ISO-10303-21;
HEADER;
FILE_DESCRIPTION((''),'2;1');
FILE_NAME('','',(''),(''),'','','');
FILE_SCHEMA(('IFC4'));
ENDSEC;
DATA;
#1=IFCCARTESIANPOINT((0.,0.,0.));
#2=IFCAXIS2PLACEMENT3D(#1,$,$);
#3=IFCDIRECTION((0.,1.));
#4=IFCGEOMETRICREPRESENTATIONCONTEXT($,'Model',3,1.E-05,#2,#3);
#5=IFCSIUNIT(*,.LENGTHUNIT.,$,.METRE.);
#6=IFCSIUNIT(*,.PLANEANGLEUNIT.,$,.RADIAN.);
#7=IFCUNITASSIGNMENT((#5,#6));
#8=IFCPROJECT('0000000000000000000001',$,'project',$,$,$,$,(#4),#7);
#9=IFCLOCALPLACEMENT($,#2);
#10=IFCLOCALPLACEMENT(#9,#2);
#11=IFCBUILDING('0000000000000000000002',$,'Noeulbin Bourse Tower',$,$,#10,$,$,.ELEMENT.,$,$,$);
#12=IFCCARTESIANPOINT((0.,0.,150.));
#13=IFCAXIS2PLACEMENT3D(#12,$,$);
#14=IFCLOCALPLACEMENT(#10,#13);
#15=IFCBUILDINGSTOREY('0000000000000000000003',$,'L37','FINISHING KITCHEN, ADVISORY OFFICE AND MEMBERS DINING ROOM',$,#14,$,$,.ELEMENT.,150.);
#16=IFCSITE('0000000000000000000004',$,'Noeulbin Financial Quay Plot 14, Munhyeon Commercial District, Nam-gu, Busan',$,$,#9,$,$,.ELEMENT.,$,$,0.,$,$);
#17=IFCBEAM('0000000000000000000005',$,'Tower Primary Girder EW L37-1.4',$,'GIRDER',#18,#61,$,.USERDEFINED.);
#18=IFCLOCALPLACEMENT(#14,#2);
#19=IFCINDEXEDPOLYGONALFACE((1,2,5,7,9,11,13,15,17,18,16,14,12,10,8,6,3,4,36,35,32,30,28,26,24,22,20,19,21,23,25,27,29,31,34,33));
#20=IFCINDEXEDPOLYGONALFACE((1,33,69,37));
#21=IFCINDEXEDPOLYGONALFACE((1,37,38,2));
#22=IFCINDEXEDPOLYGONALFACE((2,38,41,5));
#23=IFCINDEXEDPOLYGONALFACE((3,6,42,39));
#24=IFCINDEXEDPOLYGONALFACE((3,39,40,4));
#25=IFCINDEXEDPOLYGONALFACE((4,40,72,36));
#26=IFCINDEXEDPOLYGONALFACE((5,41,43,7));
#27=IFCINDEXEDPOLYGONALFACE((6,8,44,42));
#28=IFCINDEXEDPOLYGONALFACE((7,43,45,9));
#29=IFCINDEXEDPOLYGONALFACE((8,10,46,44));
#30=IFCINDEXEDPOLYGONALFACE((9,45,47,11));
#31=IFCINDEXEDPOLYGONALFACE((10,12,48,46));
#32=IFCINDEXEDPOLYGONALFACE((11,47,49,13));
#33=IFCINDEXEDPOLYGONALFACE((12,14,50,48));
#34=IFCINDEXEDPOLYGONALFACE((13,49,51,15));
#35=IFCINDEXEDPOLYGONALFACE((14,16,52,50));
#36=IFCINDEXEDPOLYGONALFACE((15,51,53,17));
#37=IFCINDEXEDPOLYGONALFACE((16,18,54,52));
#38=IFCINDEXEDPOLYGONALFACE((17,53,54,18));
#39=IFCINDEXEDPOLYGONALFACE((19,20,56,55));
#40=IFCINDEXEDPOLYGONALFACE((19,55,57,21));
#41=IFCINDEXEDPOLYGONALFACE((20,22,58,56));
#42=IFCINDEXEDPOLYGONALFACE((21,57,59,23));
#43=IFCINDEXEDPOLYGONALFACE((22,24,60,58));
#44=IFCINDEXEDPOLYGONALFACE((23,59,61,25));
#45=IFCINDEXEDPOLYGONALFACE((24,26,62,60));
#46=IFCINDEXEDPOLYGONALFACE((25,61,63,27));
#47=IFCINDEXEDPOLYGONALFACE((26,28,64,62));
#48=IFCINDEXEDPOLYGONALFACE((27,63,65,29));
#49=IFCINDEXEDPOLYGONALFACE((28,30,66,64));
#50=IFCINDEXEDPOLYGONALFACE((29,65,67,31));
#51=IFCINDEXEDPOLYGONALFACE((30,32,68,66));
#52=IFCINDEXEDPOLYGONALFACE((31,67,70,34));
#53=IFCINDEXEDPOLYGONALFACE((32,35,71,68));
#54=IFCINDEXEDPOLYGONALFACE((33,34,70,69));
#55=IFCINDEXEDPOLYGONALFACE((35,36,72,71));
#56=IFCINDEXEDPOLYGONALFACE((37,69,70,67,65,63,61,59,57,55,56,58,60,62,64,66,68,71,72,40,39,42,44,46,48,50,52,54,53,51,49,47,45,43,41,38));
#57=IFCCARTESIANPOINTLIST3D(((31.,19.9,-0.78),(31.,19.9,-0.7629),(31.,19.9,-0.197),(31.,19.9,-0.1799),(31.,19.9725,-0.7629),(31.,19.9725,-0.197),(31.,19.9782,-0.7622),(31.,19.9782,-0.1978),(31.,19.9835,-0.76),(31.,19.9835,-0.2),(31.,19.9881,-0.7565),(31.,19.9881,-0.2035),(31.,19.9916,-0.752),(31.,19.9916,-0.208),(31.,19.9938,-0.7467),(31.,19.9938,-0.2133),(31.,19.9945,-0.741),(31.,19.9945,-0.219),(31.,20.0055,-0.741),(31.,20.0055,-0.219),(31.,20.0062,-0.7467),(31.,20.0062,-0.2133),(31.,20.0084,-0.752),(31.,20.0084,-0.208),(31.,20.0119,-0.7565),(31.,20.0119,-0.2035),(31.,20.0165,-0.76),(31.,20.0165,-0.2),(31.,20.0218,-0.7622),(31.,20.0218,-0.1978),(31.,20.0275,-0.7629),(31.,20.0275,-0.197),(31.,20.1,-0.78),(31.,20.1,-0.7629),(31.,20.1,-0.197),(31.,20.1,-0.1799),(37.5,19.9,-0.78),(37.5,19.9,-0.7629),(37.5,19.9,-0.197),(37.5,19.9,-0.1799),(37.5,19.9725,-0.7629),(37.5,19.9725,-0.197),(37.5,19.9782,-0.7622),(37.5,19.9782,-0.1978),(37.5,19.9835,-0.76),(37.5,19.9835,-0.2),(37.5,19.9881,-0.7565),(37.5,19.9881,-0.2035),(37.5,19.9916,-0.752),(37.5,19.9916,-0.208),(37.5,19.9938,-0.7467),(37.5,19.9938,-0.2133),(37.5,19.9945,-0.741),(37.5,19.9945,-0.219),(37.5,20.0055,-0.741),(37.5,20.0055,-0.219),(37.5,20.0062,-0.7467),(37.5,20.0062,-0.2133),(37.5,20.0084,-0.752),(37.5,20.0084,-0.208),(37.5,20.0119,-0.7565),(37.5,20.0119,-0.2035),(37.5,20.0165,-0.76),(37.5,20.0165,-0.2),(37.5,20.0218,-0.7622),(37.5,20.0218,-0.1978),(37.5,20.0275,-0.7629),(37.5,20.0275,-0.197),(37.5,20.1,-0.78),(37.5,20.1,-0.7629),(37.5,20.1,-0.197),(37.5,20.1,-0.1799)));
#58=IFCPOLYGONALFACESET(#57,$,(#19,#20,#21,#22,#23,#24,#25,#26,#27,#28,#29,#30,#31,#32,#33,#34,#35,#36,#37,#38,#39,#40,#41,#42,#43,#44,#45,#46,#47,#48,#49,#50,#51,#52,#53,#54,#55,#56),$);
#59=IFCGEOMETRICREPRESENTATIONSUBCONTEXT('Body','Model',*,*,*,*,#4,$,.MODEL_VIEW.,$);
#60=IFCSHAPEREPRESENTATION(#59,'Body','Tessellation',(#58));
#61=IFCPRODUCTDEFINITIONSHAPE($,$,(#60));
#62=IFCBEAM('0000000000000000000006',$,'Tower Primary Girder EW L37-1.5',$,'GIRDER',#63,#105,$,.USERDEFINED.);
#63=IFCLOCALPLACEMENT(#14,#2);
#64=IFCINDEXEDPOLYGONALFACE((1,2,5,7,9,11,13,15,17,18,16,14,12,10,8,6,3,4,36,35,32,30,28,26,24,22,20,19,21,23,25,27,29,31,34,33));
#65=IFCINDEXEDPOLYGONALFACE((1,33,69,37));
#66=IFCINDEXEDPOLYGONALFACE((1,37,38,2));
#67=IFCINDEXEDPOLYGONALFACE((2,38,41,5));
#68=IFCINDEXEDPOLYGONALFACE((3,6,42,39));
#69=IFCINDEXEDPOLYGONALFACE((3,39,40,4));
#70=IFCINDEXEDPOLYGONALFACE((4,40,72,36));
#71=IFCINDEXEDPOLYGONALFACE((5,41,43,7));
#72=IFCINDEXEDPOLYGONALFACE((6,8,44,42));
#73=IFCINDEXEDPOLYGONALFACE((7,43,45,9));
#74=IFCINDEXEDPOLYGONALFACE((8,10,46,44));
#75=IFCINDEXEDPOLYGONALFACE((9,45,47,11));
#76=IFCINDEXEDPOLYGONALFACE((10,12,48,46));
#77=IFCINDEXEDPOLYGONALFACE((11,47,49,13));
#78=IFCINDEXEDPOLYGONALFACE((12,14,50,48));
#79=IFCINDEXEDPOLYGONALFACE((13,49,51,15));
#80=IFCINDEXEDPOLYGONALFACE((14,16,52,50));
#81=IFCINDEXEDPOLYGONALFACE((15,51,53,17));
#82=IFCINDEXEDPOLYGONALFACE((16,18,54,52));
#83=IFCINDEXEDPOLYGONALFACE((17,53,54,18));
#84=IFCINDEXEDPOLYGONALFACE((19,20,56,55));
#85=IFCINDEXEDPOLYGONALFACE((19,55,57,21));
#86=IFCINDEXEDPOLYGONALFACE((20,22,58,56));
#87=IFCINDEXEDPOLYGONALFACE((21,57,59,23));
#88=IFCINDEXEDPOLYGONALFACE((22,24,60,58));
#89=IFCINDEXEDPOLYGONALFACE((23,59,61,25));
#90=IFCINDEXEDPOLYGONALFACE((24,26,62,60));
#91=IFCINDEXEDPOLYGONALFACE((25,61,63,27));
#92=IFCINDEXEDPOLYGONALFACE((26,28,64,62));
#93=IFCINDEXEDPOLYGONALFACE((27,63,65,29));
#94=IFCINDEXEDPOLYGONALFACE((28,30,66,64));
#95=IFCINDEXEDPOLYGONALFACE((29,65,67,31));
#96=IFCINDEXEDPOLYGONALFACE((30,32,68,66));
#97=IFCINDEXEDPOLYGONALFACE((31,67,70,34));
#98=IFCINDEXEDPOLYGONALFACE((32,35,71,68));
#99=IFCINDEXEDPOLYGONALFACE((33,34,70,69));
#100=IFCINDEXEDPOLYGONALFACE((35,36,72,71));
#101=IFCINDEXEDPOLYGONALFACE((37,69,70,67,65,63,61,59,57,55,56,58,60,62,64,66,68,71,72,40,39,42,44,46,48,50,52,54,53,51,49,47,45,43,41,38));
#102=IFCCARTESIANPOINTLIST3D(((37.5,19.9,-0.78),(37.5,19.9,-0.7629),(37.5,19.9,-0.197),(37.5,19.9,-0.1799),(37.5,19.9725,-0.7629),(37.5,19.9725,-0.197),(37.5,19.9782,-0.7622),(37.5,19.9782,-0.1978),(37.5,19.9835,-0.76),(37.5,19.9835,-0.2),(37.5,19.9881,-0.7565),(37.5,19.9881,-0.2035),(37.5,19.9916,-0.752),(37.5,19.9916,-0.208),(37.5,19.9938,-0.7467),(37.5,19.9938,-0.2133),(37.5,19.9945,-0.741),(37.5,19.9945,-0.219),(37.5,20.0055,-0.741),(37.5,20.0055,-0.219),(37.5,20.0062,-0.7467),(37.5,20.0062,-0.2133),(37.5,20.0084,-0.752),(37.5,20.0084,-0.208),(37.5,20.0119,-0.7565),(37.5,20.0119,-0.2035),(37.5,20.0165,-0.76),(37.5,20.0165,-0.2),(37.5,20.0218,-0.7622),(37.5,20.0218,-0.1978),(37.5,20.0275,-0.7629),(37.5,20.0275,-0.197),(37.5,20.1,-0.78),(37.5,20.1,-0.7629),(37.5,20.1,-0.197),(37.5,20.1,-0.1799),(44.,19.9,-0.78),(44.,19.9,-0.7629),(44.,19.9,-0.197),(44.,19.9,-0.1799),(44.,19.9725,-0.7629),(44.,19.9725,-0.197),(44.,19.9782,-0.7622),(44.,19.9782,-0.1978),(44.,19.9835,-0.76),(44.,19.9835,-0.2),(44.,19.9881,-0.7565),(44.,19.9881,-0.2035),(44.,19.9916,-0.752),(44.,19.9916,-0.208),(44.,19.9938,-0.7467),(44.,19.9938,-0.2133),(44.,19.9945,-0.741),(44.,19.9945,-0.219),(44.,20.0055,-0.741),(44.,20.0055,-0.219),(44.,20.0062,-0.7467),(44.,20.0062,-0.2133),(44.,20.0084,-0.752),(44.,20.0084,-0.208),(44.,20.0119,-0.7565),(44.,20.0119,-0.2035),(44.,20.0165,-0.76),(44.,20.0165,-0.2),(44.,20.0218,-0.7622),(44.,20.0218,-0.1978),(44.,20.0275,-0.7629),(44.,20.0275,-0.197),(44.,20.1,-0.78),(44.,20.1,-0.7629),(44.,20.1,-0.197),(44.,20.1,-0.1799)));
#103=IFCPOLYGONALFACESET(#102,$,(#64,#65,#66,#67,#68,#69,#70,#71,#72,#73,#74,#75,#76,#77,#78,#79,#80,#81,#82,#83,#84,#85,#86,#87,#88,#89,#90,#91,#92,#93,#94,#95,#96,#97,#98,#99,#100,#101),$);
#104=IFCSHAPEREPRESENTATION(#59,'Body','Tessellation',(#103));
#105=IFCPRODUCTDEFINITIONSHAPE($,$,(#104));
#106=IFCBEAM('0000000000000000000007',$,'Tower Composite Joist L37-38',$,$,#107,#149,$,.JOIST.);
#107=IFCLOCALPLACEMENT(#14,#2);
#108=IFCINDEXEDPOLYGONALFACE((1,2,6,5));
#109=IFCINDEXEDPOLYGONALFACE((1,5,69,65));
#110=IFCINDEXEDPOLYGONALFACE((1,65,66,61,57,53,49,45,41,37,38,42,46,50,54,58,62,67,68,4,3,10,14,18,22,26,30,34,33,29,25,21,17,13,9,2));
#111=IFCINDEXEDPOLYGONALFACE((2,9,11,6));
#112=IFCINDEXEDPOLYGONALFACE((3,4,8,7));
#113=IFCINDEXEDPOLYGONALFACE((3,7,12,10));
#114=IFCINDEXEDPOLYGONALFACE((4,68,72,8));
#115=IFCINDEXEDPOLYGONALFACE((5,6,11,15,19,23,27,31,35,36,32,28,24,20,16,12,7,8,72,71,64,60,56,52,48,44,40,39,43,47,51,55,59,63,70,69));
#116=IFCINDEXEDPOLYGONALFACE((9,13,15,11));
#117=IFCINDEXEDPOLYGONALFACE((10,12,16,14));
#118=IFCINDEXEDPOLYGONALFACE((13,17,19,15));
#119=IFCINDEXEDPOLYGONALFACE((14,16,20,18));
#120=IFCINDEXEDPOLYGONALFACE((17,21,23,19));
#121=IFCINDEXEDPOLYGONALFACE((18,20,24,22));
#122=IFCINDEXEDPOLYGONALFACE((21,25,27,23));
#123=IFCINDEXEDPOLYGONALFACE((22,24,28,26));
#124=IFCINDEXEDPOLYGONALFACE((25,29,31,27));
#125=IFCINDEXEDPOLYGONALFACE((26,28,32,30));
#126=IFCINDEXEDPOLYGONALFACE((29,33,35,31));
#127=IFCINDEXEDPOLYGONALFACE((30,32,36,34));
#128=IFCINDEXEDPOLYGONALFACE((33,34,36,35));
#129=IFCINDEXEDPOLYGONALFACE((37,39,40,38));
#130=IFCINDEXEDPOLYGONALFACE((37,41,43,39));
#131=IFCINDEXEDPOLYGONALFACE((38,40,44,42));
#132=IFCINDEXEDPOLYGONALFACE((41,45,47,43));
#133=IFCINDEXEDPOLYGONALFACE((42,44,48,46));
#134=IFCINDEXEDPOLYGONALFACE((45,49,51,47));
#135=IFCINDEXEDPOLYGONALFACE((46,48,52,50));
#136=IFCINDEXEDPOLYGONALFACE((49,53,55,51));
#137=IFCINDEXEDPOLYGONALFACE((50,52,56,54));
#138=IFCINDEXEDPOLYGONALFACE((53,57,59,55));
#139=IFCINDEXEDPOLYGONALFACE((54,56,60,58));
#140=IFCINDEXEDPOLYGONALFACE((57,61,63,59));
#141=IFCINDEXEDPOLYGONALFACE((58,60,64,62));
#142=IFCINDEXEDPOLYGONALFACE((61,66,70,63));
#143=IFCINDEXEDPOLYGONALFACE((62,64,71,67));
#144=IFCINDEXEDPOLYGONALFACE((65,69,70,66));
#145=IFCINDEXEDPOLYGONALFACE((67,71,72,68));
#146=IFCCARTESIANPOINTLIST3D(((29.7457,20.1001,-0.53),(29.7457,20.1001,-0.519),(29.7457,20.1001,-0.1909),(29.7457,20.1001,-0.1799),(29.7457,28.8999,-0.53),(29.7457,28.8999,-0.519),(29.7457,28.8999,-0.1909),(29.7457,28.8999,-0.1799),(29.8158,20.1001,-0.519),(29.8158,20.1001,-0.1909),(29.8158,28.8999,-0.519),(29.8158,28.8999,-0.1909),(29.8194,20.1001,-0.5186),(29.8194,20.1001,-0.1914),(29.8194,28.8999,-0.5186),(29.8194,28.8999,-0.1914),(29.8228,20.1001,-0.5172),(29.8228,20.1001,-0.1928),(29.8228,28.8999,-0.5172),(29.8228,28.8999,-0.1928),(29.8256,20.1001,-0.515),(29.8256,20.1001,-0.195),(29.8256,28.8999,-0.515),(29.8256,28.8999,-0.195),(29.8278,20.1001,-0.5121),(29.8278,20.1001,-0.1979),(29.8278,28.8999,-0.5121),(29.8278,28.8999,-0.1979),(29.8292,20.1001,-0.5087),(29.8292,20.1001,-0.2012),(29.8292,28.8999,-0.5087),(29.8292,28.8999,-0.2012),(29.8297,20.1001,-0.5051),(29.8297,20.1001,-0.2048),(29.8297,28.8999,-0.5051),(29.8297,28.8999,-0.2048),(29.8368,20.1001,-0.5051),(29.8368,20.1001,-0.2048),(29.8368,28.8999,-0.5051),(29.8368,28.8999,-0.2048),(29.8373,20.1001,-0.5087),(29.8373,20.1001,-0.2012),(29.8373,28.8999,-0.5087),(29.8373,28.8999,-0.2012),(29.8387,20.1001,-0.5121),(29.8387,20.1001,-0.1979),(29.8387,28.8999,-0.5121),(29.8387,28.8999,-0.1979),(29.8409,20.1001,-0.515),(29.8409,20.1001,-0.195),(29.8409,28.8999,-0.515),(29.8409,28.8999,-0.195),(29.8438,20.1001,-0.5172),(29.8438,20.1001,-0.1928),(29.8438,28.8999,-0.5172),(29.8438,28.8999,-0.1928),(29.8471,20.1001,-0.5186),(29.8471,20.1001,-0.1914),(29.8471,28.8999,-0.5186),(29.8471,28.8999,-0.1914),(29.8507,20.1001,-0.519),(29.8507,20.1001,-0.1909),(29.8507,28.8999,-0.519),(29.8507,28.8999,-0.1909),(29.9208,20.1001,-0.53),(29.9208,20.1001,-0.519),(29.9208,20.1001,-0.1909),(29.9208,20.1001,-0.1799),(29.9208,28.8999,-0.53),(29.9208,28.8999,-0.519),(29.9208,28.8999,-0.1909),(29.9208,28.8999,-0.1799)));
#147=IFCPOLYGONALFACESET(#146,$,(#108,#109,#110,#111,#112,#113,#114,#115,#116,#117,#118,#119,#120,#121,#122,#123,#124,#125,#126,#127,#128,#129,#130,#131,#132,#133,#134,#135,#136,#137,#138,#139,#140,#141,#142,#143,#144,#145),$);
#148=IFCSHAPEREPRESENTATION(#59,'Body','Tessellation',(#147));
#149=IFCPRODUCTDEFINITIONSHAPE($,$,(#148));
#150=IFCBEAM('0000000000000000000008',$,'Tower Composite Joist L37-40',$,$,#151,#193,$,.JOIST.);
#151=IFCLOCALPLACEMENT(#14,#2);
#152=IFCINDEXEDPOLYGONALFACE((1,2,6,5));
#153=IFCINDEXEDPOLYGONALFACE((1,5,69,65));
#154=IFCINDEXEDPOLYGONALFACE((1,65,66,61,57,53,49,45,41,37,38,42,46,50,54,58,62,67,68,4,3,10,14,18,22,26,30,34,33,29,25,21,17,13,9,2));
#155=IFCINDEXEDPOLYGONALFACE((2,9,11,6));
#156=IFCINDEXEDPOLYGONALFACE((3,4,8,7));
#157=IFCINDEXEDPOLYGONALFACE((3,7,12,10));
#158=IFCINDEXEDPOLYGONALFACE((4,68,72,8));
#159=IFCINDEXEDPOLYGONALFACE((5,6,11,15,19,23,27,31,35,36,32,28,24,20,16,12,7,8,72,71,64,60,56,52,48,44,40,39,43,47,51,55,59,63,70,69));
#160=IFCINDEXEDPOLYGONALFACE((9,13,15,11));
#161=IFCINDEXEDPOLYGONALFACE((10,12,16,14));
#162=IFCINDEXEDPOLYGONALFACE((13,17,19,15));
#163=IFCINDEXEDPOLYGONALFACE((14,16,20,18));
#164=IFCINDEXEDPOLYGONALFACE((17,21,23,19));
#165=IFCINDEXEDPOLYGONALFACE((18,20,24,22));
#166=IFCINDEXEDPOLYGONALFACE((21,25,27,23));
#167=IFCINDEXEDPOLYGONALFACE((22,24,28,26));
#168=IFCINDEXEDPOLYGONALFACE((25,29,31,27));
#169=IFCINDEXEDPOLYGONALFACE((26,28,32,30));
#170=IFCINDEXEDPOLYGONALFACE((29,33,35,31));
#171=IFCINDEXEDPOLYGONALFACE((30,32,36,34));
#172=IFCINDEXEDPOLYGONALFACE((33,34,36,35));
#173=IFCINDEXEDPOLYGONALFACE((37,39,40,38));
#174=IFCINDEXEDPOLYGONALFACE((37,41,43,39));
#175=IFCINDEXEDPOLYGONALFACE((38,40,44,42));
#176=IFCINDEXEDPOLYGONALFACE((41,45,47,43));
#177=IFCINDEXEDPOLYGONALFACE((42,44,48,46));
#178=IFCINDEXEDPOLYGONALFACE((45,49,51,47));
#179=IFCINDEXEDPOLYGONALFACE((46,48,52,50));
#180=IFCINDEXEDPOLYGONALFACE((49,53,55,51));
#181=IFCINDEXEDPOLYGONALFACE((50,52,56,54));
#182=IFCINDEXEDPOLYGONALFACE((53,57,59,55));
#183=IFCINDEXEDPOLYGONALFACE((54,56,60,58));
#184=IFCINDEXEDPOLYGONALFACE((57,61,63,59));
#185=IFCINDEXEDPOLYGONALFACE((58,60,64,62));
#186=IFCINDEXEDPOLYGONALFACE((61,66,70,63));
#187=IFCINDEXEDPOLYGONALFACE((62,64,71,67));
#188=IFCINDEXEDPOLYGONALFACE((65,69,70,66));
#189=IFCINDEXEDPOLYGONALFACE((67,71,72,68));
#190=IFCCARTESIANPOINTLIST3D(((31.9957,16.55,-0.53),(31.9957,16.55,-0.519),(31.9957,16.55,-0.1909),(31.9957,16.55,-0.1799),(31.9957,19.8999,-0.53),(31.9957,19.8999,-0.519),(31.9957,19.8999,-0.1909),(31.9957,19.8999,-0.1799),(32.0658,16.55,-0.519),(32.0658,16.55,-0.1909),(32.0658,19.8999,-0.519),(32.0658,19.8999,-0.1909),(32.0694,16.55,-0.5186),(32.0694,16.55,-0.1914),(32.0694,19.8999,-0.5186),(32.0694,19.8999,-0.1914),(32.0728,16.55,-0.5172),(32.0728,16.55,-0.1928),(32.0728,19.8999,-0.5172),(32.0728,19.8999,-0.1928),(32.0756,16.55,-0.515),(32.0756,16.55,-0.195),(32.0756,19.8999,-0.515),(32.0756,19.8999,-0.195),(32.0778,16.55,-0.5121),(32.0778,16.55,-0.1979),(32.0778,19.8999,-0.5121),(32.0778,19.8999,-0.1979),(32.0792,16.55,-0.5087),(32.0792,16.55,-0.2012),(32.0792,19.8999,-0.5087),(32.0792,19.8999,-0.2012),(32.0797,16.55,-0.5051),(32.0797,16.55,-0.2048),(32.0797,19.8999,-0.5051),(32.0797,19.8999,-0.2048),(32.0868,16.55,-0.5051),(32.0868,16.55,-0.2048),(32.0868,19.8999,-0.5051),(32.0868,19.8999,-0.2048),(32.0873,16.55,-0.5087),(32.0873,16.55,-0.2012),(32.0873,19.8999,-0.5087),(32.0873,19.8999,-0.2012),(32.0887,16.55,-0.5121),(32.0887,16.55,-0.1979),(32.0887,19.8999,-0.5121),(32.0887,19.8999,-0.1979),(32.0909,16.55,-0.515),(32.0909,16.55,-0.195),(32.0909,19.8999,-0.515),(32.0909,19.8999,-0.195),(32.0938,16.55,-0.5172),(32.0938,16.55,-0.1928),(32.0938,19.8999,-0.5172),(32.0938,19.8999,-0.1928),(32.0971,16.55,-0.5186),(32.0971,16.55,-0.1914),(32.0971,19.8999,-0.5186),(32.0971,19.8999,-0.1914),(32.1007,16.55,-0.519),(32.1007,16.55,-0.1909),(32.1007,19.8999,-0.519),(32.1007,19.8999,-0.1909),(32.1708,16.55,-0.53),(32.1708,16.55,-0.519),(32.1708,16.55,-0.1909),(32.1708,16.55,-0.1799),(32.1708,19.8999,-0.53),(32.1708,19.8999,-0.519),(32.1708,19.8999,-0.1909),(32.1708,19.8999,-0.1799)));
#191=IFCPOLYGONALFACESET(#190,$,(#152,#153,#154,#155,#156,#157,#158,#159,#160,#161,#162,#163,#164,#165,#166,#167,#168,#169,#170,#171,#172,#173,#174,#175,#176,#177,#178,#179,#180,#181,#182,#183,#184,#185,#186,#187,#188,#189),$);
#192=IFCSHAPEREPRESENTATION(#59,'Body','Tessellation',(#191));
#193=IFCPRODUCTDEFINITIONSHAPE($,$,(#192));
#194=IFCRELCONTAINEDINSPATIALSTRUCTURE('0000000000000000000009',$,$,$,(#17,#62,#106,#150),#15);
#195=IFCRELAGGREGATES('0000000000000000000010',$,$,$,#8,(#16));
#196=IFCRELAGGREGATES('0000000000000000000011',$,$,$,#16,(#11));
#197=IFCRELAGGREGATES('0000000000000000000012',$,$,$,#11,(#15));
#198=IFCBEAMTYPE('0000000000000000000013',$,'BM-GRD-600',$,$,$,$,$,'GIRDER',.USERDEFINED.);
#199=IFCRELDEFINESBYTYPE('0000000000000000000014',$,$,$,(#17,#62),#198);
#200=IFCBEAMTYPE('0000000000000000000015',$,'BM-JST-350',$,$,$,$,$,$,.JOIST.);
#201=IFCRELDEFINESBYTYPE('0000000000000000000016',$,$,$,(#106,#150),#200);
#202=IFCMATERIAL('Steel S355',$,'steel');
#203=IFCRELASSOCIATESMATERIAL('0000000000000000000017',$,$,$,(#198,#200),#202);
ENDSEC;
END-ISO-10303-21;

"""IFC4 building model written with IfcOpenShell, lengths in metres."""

from ifc_helpers import new_model, si_unit, direction, frame, origin, origin_2d, place, context, subcontext, project, spatial, i_section, extrude, material, material_profile, profile_set, type_object, element, save


model = new_model("IFC4")

# Units and contexts
model_context = context("Model", 3, precision=1e-05, world=origin(), true_north=direction((0.0, 1.0)))
body_context = subcontext(model_context, "Body", "Model", "MODEL_VIEW")
ifc_project = project(units=[si_unit("LENGTHUNIT", "METRE"), si_unit("PLANEANGLEUNIT", "RADIAN")], contexts=[model_context])

# Site, building, storey
site_placement = place(None, origin())
site = spatial("IfcSite", under=ifc_project, at=site_placement, Name="Noeulbin Financial Quay Plot 14, Munhyeon Commercial District, Nam-gu, Busan", CompositionType="ELEMENT", RefElevation=0.0)
building_placement = place(site_placement, origin())
building = spatial("IfcBuilding", under=site, at=building_placement, Name="Noeulbin Bourse Tower", CompositionType="ELEMENT")
storey_placement = place(building_placement, frame((0.0, 0.0, 150.0)))
storey = spatial("IfcBuildingStorey", under=building, at=storey_placement, Name="L37", Description="FINISHING KITCHEN, ADVISORY OFFICE AND MEMBERS DINING ROOM", CompositionType="ELEMENT", Elevation=150.0)

# Beams
ifc_material_1 = material(Name="Steel S355", Category="steel")
ifc_material_profile_1 = material_profile(ifc_material_1, i_section(OverallWidth=0.2, OverallDepth=0.6001, WebThickness=0.011, FlangeThickness=0.0171, FilletRadius=0.022, at=origin_2d()), Name="H-600x200x11x17", Category="LoadBearing")
ifc_profile_set_1 = profile_set([ifc_material_profile_1], Name="Steel S355")
beam_type_1 = type_object("IfcBeamType", Name="BM-GRD-600", ElementType="GIRDER", PredefinedType="USERDEFINED", material=ifc_profile_set_1)
for number, where, z_axis, x_axis, name in (
    (1, (31.0, 20.0, -0.48), (1.0, 0.0, 0.0), (0.0, 1.0, 0.0), "Tower Primary Girder EW L37-1.4"),
    (2, (37.5, 20.0, -0.48), (1.0, 0.0, 0.0), (0.0, 1.0, 0.0), "Tower Primary Girder EW L37-1.5"),
):
    element("IfcBeam", number, at=place(storey_placement, frame(where, z_axis=z_axis, x_axis=x_axis)), inside=storey, type_object=beam_type_1, Name=name, ObjectType="GIRDER", PredefinedType="USERDEFINED", context=body_context, shape_type="SweptSolid", body=[
        extrude(i_section(OverallWidth=0.2, OverallDepth=0.6001, WebThickness=0.011, FlangeThickness=0.0171, FilletRadius=0.022, at=origin_2d()), origin(), (0.0, 0.0, 1.0), 6.5),
    ])
ifc_material_profile_2 = material_profile(ifc_material_1, i_section(OverallWidth=0.175, OverallDepth=0.3501, WebThickness=0.0071, FlangeThickness=0.011, FilletRadius=0.0139, at=origin_2d()), Name="H-350x175x7x11", Category="LoadBearing")
ifc_profile_set_2 = profile_set([ifc_material_profile_2], Name="Steel S355")
beam_type_2 = type_object("IfcBeamType", Name="BM-JST-350", PredefinedType="JOIST", material=ifc_profile_set_2)
beam_1_placement = place(storey_placement, frame((29.8333, 20.1001, -0.355), z_axis=(0.0, 1.0, 0.0), x_axis=(-1.0, 0.0, 0.0)))
element("IfcBeam", 3, at=beam_1_placement, inside=storey, type_object=beam_type_2, Name="Tower Composite Joist L37-38", PredefinedType="JOIST", context=body_context, shape_type="SweptSolid", body=[
    extrude(i_section(OverallWidth=0.175, OverallDepth=0.3501, WebThickness=0.0071, FlangeThickness=0.011, FilletRadius=0.0139, at=origin_2d()), origin(), (0.0, 0.0, 1.0), 8.7998),
])
beam_2_placement = place(storey_placement, frame((32.0833, 16.55, -0.355), z_axis=(0.0, 1.0, 0.0), x_axis=(-1.0, 0.0, 0.0)))
element("IfcBeam", 4, at=beam_2_placement, inside=storey, type_object=beam_type_2, Name="Tower Composite Joist L37-40", PredefinedType="JOIST", context=body_context, shape_type="SweptSolid", body=[
    extrude(i_section(OverallWidth=0.175, OverallDepth=0.3501, WebThickness=0.0071, FlangeThickness=0.011, FilletRadius=0.0139, at=origin_2d()), origin(), (0.0, 0.0, 1.0), 3.3499),
])

save(model, "model.ifc")
